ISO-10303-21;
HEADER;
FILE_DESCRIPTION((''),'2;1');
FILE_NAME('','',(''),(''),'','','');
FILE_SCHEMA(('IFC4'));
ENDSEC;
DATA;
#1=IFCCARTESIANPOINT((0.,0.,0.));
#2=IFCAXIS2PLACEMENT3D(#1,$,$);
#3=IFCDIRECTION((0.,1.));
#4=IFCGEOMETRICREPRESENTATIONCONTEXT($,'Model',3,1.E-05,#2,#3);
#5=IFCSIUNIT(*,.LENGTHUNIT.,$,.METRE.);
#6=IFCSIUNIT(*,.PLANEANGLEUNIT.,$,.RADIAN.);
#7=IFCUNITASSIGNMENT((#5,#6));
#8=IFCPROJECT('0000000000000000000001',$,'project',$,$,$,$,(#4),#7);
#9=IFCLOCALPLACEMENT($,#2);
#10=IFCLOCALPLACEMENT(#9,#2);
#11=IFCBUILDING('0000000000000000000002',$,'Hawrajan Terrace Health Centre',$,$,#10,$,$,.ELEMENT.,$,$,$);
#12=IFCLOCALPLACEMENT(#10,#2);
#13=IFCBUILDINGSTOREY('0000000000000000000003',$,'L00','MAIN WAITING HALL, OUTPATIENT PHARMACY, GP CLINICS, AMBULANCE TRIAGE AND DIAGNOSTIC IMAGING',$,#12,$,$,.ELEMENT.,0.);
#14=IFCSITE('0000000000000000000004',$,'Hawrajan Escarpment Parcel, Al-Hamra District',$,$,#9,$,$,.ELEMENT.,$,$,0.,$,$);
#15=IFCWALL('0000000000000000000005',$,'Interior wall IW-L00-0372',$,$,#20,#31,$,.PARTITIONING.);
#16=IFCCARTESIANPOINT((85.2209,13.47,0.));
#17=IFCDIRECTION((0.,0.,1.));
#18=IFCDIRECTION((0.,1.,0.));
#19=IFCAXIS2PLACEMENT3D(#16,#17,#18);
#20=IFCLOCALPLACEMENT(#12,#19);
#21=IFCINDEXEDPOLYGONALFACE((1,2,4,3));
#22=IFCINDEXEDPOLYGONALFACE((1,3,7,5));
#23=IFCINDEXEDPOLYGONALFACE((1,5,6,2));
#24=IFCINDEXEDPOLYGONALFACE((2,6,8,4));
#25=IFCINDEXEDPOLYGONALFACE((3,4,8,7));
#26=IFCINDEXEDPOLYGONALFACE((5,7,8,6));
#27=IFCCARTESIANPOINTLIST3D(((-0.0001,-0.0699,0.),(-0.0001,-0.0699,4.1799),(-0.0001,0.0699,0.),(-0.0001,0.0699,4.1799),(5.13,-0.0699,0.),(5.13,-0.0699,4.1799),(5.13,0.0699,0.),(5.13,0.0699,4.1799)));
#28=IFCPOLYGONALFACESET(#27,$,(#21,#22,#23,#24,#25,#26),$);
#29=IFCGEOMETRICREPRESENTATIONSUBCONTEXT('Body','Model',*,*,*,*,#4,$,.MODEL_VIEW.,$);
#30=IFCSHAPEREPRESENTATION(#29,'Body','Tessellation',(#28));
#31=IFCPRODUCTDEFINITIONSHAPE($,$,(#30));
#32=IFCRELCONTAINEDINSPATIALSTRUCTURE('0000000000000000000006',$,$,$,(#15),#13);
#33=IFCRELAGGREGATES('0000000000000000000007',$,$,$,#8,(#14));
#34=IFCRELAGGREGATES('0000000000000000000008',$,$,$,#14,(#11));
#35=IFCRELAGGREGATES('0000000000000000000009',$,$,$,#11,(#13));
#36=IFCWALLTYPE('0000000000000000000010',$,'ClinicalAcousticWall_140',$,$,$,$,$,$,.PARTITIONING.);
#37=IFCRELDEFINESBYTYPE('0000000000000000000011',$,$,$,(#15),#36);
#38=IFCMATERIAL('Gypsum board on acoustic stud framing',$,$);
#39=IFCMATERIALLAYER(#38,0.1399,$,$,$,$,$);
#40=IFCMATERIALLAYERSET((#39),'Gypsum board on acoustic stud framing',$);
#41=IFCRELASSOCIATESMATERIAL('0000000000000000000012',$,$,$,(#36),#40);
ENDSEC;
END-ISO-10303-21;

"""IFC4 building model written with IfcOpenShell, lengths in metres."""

from ifc_helpers import new_model, si_unit, direction, frame, frame_2d, origin, place, context, subcontext, project, spatial, rectangle, extrude, material, layer, layer_set, type_object, element, save


model = new_model("IFC4")

# Units and contexts
model_context = context("Model", 3, precision=1e-05, world=origin(), true_north=direction((0.0, 1.0)))
body_context = subcontext(model_context, "Body", "Model", "MODEL_VIEW")
ifc_project = project(units=[si_unit("LENGTHUNIT", "METRE"), si_unit("PLANEANGLEUNIT", "RADIAN")], contexts=[model_context])

# Site, building, storey
site_placement = place(None, origin())
site = spatial("IfcSite", under=ifc_project, at=site_placement, Name="Hawrajan Escarpment Parcel, Al-Hamra District", CompositionType="ELEMENT", RefElevation=0.0)
building_placement = place(site_placement, origin())
building = spatial("IfcBuilding", under=site, at=building_placement, Name="Hawrajan Terrace Health Centre", CompositionType="ELEMENT")
storey_placement = place(building_placement, origin())
storey = spatial("IfcBuildingStorey", under=building, at=storey_placement, Name="L00", Description="MAIN WAITING HALL, OUTPATIENT PHARMACY, GP CLINICS, AMBULANCE TRIAGE AND DIAGNOSTIC IMAGING", CompositionType="ELEMENT", Elevation=0.0)

# Wall
ifc_material_1 = material(Name="Gypsum board on acoustic stud framing")
ifc_layer_1 = layer(ifc_material_1, 0.1399)
ifc_layer_set_1 = layer_set([ifc_layer_1], Name="Gypsum board on acoustic stud framing")
wall_type = type_object("IfcWallType", Name="ClinicalAcousticWall_140", PredefinedType="PARTITIONING", material=ifc_layer_set_1)
wall_1_placement = place(storey_placement, frame((85.2209, 13.47, 0.0), z_axis=(0.0, 0.0, 1.0), x_axis=(0.0, 1.0, 0.0)))
element("IfcWall", 1, at=wall_1_placement, inside=storey, type_object=wall_type, Name="Interior wall IW-L00-0372", PredefinedType="PARTITIONING", context=body_context, shape_type="SweptSolid", body=[
    extrude(rectangle(XDim=5.1301, YDim=0.1399, at=frame_2d((2.5649, 0.0))), origin(), (0.0, 0.0, 1.0), 4.1799),
])

save(model, "model.ifc")
